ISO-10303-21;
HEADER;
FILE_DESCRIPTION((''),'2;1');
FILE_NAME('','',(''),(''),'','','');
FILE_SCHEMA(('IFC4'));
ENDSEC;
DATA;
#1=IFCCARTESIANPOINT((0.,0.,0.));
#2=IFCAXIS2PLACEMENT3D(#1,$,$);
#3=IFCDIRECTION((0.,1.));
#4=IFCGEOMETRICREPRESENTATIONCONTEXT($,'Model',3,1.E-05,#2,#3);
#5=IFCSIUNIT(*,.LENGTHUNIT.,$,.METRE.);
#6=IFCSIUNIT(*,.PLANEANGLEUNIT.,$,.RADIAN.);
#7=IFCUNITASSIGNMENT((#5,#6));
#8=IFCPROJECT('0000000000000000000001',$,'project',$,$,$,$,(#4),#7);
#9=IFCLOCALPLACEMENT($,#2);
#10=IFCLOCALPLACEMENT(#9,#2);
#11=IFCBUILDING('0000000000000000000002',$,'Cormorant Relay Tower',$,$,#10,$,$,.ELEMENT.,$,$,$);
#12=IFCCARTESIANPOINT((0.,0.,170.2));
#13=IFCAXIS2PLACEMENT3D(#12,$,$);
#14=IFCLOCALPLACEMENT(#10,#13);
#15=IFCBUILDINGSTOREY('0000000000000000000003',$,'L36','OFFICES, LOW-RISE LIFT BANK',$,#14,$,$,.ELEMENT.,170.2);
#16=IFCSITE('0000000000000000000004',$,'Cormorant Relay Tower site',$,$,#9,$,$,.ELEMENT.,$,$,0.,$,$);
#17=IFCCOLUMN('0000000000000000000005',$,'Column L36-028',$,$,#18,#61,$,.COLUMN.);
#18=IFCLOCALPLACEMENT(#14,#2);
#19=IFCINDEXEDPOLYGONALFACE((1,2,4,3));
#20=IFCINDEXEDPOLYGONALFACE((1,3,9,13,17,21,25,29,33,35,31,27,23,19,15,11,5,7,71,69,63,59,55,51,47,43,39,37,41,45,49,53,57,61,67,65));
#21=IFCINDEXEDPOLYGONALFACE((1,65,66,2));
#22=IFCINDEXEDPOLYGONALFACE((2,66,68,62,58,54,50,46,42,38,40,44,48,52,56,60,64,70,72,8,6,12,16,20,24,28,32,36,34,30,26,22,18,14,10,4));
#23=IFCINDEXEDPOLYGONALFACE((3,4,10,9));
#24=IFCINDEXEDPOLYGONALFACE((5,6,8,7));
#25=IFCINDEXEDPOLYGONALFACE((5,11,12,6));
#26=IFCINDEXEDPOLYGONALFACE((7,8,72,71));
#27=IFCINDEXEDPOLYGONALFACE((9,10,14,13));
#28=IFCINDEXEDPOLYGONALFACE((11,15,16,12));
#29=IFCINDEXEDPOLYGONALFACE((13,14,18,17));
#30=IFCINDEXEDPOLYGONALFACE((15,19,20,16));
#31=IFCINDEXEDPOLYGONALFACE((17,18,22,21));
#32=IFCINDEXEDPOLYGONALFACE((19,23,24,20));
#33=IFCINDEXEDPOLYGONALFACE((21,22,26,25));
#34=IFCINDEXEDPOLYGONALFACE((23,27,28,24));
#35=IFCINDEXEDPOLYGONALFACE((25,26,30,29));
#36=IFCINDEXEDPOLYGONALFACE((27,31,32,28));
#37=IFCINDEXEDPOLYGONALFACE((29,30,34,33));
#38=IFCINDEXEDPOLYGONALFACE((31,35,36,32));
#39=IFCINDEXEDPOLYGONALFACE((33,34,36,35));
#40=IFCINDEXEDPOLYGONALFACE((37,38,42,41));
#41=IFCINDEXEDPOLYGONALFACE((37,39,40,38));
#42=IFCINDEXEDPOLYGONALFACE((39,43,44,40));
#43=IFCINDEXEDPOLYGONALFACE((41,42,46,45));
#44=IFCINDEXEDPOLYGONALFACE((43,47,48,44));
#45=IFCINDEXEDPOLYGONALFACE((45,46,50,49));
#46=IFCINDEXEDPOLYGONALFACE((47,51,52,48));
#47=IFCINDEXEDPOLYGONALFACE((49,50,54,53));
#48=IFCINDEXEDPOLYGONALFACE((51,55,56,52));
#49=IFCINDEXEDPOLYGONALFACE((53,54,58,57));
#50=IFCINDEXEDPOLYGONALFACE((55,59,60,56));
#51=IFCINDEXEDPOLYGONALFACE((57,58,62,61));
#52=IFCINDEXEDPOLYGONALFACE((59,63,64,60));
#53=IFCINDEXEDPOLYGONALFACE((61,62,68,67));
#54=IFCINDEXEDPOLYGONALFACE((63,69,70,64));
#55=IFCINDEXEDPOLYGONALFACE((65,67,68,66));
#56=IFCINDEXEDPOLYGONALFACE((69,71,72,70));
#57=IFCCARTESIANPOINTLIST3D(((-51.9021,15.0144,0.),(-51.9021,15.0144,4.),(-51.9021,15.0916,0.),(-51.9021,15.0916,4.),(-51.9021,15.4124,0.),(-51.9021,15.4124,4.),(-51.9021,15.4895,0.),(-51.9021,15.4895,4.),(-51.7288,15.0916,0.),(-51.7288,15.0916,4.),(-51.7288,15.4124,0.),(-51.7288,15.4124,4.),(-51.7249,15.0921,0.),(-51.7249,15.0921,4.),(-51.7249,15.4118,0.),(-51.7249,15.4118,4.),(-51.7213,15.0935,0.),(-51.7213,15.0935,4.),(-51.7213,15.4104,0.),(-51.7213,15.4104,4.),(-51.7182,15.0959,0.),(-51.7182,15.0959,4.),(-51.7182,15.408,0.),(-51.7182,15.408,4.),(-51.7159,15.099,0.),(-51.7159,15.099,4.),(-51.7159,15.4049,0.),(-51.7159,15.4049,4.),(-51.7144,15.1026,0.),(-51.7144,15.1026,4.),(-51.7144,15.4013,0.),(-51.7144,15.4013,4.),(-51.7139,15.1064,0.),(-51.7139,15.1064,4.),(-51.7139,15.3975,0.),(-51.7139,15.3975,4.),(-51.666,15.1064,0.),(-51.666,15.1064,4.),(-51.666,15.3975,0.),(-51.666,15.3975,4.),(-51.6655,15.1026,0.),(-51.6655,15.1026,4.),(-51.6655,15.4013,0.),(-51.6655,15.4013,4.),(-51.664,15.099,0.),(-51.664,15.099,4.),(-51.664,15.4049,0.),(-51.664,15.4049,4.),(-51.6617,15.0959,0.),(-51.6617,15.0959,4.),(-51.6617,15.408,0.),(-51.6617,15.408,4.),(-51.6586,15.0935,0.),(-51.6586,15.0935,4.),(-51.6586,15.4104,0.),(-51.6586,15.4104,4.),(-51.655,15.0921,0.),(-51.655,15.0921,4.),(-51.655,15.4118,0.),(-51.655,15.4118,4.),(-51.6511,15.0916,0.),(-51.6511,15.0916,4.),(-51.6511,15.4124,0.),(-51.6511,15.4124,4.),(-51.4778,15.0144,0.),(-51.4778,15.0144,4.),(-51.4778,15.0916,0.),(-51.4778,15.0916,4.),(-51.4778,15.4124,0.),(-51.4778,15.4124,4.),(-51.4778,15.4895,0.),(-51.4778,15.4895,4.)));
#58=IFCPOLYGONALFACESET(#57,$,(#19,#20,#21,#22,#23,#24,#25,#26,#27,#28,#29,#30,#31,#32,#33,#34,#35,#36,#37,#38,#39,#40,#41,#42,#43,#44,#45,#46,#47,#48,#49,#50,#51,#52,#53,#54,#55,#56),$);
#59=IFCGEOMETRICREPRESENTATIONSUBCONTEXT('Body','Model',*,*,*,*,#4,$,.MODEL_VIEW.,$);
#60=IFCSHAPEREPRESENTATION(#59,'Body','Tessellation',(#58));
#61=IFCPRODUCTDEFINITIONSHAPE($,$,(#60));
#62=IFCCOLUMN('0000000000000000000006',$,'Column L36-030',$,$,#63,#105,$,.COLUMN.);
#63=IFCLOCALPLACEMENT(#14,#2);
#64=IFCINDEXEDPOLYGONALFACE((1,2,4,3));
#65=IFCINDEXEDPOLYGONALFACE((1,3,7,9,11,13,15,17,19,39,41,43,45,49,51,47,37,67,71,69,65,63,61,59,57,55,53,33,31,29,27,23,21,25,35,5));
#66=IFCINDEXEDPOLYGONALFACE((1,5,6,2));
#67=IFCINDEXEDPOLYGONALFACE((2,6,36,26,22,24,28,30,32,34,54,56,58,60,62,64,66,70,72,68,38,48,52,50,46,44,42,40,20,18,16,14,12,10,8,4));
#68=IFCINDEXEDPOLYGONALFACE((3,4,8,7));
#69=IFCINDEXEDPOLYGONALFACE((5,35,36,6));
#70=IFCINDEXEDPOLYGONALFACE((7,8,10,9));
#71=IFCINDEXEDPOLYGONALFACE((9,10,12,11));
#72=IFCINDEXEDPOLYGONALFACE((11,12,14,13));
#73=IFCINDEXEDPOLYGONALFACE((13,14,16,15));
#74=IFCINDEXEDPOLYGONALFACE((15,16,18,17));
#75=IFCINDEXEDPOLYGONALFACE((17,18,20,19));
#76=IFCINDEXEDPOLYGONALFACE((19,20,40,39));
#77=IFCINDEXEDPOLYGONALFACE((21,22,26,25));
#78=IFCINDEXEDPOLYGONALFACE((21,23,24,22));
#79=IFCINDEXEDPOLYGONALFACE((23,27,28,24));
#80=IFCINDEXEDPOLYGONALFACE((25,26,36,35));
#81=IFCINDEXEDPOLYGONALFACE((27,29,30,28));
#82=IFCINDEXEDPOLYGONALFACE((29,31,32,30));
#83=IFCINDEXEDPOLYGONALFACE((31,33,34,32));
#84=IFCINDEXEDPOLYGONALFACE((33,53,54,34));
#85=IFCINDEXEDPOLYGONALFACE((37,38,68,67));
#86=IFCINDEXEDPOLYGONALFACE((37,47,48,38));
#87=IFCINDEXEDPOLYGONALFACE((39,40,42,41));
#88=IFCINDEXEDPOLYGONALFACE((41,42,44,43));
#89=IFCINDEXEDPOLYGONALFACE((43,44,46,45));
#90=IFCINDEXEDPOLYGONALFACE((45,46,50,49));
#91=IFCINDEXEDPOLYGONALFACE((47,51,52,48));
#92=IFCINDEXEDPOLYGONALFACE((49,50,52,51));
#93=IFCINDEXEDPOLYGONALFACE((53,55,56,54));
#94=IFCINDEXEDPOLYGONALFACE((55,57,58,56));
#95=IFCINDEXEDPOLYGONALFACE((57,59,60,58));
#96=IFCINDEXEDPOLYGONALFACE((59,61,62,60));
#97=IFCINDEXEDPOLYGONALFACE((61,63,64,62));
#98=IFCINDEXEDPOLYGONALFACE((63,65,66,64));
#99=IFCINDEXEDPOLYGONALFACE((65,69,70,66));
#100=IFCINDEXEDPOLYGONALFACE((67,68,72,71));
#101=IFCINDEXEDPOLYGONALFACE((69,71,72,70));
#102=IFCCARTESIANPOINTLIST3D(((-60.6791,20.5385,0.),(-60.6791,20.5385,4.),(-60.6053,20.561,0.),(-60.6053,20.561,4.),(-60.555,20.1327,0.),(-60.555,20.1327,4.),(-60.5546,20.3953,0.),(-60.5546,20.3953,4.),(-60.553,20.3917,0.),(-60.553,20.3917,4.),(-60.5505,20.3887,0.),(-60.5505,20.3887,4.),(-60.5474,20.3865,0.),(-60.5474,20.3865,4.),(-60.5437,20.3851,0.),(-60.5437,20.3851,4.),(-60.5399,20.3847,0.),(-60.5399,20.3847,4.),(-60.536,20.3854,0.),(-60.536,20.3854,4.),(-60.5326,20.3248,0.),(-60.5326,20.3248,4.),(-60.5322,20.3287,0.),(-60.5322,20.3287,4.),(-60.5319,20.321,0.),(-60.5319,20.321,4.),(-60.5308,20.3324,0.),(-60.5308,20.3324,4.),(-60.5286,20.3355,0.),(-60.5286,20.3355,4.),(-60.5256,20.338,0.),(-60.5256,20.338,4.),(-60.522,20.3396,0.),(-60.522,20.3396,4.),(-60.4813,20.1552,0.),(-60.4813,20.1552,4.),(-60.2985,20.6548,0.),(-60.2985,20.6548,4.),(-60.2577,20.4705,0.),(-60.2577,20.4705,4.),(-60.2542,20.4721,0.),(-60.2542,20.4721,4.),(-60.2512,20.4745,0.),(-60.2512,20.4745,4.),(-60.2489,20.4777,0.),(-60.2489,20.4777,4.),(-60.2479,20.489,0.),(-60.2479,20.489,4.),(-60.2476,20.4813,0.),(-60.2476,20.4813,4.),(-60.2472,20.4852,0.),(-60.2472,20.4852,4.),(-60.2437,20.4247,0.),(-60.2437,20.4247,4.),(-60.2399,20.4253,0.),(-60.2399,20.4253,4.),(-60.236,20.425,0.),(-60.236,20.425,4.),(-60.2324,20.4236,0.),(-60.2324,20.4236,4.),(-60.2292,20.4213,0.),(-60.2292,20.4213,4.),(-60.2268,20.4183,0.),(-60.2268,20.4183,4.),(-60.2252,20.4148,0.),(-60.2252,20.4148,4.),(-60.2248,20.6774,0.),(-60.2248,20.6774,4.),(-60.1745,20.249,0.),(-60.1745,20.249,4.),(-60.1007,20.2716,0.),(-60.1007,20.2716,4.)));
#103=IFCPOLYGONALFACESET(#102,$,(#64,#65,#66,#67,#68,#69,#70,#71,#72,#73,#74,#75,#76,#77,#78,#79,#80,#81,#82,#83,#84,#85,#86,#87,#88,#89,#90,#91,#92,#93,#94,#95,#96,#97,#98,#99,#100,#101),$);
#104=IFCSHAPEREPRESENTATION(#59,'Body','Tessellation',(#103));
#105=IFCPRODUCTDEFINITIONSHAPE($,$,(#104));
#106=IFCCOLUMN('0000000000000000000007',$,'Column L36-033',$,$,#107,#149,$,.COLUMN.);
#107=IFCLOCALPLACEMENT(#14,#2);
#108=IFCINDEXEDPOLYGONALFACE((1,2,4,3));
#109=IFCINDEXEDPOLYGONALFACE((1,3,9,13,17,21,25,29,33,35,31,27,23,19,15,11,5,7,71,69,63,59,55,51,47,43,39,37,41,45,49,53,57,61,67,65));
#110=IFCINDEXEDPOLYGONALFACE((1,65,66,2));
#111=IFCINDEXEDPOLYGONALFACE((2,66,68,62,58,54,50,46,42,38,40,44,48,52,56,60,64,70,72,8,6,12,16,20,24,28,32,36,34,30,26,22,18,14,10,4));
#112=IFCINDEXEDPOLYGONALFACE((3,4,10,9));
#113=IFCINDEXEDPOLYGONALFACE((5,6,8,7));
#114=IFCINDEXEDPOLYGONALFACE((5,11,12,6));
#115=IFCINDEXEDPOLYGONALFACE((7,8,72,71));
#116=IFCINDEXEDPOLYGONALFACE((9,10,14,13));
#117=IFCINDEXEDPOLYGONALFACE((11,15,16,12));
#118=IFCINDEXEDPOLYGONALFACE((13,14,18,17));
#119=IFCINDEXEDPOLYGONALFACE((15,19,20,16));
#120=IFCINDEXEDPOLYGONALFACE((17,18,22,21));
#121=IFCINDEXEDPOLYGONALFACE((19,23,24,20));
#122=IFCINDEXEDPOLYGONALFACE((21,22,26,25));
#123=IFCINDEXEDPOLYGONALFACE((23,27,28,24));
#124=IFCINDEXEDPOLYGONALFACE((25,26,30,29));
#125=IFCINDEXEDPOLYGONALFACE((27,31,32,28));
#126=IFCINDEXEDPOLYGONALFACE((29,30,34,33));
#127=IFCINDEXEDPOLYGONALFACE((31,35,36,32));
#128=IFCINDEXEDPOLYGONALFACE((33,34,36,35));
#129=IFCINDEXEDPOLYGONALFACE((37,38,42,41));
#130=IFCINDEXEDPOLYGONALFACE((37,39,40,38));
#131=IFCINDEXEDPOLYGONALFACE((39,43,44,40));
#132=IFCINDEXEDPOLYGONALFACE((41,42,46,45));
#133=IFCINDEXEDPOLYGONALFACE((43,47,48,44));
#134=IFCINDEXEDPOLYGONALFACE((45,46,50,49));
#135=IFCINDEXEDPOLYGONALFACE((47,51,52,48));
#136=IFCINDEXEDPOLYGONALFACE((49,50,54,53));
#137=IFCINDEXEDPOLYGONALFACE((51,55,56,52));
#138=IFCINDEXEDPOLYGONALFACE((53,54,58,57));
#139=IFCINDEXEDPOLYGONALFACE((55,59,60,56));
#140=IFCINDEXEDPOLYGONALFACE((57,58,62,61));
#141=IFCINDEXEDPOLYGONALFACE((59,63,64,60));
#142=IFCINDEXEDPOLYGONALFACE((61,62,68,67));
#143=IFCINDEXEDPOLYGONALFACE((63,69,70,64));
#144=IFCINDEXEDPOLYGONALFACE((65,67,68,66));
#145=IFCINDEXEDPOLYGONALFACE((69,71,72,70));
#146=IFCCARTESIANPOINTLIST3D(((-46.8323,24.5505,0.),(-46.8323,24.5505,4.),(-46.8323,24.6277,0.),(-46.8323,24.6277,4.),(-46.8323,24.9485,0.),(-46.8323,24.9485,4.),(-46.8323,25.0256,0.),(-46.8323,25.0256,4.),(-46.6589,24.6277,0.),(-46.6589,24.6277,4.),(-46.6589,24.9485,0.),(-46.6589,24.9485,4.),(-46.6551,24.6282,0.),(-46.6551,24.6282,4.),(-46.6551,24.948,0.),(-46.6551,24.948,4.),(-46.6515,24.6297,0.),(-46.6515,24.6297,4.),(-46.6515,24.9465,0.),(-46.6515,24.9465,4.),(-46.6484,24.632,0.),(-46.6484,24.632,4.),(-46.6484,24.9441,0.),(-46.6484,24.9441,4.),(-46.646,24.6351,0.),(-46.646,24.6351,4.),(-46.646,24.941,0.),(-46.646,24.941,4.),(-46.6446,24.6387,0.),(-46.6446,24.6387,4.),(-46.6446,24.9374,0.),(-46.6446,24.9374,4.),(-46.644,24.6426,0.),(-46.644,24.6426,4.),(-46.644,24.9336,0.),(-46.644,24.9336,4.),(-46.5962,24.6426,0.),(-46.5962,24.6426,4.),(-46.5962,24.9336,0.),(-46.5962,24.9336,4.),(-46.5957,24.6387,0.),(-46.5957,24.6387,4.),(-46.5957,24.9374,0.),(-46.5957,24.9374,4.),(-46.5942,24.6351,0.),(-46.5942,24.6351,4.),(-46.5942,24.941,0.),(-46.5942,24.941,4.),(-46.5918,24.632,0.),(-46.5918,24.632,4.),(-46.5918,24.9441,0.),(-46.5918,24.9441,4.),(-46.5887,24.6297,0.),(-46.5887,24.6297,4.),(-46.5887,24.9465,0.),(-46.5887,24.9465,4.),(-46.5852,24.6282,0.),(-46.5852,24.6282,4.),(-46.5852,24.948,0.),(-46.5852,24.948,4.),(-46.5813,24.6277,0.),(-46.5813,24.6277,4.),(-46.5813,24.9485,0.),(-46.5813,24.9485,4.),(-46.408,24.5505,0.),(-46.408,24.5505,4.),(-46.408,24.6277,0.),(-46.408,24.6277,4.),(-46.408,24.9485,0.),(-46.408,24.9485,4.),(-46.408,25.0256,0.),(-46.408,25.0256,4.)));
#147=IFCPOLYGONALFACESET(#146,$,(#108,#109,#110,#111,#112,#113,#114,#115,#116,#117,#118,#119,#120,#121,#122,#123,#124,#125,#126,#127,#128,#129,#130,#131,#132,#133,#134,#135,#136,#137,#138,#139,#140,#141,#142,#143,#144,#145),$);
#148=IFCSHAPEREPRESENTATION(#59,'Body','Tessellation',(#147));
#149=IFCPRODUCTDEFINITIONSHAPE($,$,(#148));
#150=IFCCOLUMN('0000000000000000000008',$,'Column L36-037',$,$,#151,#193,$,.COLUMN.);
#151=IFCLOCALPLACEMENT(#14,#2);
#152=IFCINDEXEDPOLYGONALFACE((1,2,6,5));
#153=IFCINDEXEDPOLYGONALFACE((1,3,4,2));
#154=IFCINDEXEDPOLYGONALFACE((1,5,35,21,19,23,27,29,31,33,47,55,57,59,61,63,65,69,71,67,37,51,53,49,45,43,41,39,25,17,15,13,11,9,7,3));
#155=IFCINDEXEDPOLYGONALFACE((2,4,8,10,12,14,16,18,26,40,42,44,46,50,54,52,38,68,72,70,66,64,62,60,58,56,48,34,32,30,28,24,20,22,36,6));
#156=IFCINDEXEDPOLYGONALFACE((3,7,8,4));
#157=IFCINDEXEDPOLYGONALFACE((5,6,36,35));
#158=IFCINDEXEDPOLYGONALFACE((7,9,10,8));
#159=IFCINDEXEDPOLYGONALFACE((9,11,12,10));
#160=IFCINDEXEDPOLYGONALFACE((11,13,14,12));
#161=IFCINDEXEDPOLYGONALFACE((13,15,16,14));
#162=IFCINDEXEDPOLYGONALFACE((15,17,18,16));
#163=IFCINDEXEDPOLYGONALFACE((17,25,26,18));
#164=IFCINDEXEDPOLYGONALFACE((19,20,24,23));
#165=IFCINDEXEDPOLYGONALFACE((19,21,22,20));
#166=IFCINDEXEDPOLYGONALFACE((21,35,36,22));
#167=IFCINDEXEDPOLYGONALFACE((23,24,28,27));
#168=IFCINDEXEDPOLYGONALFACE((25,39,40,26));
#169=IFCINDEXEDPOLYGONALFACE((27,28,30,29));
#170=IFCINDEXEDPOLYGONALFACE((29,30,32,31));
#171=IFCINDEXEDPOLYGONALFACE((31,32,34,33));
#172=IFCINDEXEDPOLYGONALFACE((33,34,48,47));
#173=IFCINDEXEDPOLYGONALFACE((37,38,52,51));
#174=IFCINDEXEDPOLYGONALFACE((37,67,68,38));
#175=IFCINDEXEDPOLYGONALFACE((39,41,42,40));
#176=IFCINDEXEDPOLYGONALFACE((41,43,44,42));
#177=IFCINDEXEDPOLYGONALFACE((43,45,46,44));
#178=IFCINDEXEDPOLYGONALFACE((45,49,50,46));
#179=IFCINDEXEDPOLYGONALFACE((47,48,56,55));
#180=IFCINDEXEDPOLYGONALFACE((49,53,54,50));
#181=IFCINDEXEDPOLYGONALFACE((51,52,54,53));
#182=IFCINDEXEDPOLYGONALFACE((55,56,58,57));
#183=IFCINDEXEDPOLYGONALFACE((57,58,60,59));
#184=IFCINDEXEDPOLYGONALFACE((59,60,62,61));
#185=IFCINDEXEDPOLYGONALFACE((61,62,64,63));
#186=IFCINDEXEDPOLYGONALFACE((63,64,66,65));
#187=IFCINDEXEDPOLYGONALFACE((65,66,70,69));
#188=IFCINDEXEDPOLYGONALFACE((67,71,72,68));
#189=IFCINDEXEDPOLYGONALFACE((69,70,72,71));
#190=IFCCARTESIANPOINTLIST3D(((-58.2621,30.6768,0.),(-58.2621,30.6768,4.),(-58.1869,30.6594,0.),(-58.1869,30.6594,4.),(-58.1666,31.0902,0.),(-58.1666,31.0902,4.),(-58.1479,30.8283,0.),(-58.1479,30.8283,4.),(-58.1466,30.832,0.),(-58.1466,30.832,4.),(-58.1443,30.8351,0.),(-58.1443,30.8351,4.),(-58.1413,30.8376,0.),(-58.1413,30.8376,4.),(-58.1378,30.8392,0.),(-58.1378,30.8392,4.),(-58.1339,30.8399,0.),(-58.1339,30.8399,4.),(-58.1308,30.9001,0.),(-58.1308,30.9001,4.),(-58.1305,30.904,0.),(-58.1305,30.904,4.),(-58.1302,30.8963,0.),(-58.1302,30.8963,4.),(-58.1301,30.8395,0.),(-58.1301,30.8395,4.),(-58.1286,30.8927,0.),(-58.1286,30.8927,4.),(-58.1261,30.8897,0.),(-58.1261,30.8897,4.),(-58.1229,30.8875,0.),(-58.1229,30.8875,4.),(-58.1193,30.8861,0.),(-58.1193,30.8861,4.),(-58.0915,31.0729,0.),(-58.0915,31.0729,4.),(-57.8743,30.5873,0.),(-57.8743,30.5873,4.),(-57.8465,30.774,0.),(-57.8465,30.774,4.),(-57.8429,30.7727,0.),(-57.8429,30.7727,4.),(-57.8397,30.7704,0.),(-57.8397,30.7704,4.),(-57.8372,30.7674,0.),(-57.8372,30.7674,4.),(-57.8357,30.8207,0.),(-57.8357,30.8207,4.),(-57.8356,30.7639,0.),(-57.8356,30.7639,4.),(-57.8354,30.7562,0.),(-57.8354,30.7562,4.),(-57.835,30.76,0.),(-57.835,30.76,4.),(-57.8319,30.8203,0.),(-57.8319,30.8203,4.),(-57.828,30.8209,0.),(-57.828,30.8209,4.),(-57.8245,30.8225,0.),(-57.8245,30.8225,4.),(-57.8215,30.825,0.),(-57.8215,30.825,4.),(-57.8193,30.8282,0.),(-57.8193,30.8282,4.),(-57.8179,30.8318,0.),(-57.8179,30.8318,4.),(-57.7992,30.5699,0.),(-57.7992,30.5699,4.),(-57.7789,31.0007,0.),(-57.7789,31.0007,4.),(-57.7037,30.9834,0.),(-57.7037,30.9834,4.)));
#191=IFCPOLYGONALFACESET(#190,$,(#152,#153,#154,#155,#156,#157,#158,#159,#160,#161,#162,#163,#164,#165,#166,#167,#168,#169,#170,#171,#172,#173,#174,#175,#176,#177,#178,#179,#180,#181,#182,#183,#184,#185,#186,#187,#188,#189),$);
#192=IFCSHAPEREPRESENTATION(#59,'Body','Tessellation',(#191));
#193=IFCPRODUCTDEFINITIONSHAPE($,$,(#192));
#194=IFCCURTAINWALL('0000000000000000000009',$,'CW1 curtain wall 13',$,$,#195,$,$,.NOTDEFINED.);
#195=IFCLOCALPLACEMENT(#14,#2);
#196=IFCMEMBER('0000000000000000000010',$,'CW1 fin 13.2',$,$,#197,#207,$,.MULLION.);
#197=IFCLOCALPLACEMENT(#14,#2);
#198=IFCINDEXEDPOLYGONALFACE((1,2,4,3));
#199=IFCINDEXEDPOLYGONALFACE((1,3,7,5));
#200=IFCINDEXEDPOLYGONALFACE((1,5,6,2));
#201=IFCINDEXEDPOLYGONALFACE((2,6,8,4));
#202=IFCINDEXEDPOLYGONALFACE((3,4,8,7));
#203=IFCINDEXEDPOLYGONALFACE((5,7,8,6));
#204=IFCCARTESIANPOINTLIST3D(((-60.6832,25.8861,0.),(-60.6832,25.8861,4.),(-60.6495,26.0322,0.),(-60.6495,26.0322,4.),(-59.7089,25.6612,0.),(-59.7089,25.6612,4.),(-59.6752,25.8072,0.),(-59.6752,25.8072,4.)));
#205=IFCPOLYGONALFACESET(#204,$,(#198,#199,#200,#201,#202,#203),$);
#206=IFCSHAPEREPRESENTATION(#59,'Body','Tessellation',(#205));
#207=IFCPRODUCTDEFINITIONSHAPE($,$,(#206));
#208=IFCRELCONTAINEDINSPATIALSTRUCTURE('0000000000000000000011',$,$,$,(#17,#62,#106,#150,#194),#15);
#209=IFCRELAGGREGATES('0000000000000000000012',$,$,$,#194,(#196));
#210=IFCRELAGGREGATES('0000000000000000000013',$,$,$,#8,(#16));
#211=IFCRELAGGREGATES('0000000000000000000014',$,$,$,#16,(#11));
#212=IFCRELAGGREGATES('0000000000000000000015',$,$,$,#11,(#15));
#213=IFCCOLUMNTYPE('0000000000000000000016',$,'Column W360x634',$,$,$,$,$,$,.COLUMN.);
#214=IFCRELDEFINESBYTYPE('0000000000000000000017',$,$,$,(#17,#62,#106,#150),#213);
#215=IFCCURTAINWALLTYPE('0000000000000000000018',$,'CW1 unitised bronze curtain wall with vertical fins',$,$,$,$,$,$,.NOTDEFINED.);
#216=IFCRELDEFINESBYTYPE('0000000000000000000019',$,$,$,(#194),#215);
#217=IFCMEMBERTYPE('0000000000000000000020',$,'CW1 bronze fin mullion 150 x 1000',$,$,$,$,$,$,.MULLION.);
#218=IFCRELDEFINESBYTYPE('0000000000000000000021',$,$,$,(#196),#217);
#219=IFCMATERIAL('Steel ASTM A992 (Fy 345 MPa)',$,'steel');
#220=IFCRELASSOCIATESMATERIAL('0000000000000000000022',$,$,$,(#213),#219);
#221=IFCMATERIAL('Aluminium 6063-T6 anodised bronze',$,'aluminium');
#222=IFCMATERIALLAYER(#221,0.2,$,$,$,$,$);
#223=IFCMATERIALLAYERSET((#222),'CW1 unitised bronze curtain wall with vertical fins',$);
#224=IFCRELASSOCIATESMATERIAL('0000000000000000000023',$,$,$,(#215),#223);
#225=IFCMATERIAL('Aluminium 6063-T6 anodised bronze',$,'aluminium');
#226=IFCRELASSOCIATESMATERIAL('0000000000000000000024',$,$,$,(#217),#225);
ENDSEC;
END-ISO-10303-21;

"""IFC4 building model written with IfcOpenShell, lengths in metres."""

from ifc_helpers import new_model, si_unit, direction, frame, origin, origin_2d, place, context, subcontext, project, spatial, rectangle, i_section, extrude, material, layer, layer_set, material_profile, profile_set, type_object, element, aggregate, save


model = new_model("IFC4")

# Units and contexts
model_context = context("Model", 3, precision=1e-05, world=origin(), true_north=direction((0.0, 1.0)))
body_context = subcontext(model_context, "Body", "Model", "MODEL_VIEW")
ifc_project = project(units=[si_unit("LENGTHUNIT", "METRE"), si_unit("PLANEANGLEUNIT", "RADIAN")], contexts=[model_context])

# Site, building, storey
site_placement = place(None, origin())
site = spatial("IfcSite", under=ifc_project, at=site_placement, Name="Cormorant Relay Tower site", CompositionType="ELEMENT", RefElevation=0.0)
building_placement = place(site_placement, origin())
building = spatial("IfcBuilding", under=site, at=building_placement, Name="Cormorant Relay Tower", CompositionType="ELEMENT")
storey_placement = place(building_placement, frame((0.0, 0.0, 170.2)))
storey = spatial("IfcBuildingStorey", under=building, at=storey_placement, Name="L36", Description="OFFICES, LOW-RISE LIFT BANK", CompositionType="ELEMENT", Elevation=170.2)

# Columns
ifc_material_1 = material(Name="Steel ASTM A992 (Fy 345 MPa)", Category="steel")
ifc_material_profile_1 = material_profile(ifc_material_1, i_section(OverallWidth=0.4243, OverallDepth=0.4751, WebThickness=0.0479, FlangeThickness=0.0771, FilletRadius=0.0149, at=origin_2d()), Name="W360x634")
ifc_profile_set_1 = profile_set([ifc_material_profile_1], Name="Steel ASTM A992 (Fy 345 MPa)")
column_type = type_object("IfcColumnType", Name="Column W360x634", PredefinedType="COLUMN", material=ifc_profile_set_1)
for number, where, z_axis, x_axis, name in (
    (1, (-51.6899, 15.252, 0.0), (0.0, 0.0, 1.0), (1.0, 0.0, 0.0), "Column L36-028"),
    (2, (-60.3899, 20.405, 0.0), (0.0, 0.0, 1.0), (0.292372, -0.956305, 0.0), "Column L36-030"),
    (3, (-46.6201, 24.7881, 0.0), (0.0, 0.0, 1.0), (1.0, 0.0, 0.0), "Column L36-033"),
    (4, (-57.9829, 30.8301, 0.0), (0.0, 0.0, 1.0), (-0.224951, -0.97437, 0.0), "Column L36-037"),
):
    element("IfcColumn", number, at=place(storey_placement, frame(where, z_axis=z_axis, x_axis=x_axis)), inside=storey, type_object=column_type, Name=name, PredefinedType="COLUMN", context=body_context, shape_type="SweptSolid", body=[
        extrude(i_section(OverallWidth=0.4243, OverallDepth=0.4751, WebThickness=0.0479, FlangeThickness=0.0771, FilletRadius=0.0149, at=origin_2d()), origin(), (0.0, 0.0, 1.0), 4.0),
    ])

# Curtain wall, member
ifc_material_2 = material(Name="Aluminium 6063-T6 anodised bronze", Category="aluminium")
ifc_layer_1 = layer(ifc_material_2, 0.2)
ifc_layer_set_1 = layer_set([ifc_layer_1], Name="CW1 unitised bronze curtain wall with vertical fins")
curtain_wall_type = type_object("IfcCurtainWallType", Name="CW1 unitised bronze curtain wall with vertical fins", PredefinedType="NOTDEFINED", material=ifc_layer_set_1)
curtain_wall_1_placement = place(storey_placement, origin())
curtain_wall_1 = element("IfcCurtainWall", 5, at=curtain_wall_1_placement, inside=storey, type_object=curtain_wall_type, Name="CW1 curtain wall 13", PredefinedType="NOTDEFINED")
ifc_material_3 = material(Name="Aluminium 6063-T6 anodised bronze", Category="aluminium")
ifc_material_profile_2 = material_profile(ifc_material_3, rectangle(XDim=0.1499, YDim=1.0, at=origin_2d()), Name="AL 150x1000")
ifc_profile_set_2 = profile_set([ifc_material_profile_2], Name="Aluminium 6063-T6 anodised bronze")
member_type_1 = type_object("IfcMemberType", Name="CW1 bronze fin mullion 150 x 1000", PredefinedType="MULLION", material=ifc_profile_set_2)
member_1_placement = place(storey_placement, frame((-60.1792, 25.8467, 0.0), z_axis=(0.0, 0.0, 1.0), x_axis=(-0.224951, -0.97437, 0.0)))
member_1 = element("IfcMember", 6, at=member_1_placement, type_object=member_type_1, Name="CW1 fin 13.2", PredefinedType="MULLION", context=body_context, shape_type="SweptSolid", body=[
    extrude(rectangle(XDim=0.1499, YDim=1.0, at=origin_2d()), origin(), (0.0, 0.0, 1.0), 4.0),
])

aggregate(curtain_wall_1, [member_1])

save(model, "model.ifc")
